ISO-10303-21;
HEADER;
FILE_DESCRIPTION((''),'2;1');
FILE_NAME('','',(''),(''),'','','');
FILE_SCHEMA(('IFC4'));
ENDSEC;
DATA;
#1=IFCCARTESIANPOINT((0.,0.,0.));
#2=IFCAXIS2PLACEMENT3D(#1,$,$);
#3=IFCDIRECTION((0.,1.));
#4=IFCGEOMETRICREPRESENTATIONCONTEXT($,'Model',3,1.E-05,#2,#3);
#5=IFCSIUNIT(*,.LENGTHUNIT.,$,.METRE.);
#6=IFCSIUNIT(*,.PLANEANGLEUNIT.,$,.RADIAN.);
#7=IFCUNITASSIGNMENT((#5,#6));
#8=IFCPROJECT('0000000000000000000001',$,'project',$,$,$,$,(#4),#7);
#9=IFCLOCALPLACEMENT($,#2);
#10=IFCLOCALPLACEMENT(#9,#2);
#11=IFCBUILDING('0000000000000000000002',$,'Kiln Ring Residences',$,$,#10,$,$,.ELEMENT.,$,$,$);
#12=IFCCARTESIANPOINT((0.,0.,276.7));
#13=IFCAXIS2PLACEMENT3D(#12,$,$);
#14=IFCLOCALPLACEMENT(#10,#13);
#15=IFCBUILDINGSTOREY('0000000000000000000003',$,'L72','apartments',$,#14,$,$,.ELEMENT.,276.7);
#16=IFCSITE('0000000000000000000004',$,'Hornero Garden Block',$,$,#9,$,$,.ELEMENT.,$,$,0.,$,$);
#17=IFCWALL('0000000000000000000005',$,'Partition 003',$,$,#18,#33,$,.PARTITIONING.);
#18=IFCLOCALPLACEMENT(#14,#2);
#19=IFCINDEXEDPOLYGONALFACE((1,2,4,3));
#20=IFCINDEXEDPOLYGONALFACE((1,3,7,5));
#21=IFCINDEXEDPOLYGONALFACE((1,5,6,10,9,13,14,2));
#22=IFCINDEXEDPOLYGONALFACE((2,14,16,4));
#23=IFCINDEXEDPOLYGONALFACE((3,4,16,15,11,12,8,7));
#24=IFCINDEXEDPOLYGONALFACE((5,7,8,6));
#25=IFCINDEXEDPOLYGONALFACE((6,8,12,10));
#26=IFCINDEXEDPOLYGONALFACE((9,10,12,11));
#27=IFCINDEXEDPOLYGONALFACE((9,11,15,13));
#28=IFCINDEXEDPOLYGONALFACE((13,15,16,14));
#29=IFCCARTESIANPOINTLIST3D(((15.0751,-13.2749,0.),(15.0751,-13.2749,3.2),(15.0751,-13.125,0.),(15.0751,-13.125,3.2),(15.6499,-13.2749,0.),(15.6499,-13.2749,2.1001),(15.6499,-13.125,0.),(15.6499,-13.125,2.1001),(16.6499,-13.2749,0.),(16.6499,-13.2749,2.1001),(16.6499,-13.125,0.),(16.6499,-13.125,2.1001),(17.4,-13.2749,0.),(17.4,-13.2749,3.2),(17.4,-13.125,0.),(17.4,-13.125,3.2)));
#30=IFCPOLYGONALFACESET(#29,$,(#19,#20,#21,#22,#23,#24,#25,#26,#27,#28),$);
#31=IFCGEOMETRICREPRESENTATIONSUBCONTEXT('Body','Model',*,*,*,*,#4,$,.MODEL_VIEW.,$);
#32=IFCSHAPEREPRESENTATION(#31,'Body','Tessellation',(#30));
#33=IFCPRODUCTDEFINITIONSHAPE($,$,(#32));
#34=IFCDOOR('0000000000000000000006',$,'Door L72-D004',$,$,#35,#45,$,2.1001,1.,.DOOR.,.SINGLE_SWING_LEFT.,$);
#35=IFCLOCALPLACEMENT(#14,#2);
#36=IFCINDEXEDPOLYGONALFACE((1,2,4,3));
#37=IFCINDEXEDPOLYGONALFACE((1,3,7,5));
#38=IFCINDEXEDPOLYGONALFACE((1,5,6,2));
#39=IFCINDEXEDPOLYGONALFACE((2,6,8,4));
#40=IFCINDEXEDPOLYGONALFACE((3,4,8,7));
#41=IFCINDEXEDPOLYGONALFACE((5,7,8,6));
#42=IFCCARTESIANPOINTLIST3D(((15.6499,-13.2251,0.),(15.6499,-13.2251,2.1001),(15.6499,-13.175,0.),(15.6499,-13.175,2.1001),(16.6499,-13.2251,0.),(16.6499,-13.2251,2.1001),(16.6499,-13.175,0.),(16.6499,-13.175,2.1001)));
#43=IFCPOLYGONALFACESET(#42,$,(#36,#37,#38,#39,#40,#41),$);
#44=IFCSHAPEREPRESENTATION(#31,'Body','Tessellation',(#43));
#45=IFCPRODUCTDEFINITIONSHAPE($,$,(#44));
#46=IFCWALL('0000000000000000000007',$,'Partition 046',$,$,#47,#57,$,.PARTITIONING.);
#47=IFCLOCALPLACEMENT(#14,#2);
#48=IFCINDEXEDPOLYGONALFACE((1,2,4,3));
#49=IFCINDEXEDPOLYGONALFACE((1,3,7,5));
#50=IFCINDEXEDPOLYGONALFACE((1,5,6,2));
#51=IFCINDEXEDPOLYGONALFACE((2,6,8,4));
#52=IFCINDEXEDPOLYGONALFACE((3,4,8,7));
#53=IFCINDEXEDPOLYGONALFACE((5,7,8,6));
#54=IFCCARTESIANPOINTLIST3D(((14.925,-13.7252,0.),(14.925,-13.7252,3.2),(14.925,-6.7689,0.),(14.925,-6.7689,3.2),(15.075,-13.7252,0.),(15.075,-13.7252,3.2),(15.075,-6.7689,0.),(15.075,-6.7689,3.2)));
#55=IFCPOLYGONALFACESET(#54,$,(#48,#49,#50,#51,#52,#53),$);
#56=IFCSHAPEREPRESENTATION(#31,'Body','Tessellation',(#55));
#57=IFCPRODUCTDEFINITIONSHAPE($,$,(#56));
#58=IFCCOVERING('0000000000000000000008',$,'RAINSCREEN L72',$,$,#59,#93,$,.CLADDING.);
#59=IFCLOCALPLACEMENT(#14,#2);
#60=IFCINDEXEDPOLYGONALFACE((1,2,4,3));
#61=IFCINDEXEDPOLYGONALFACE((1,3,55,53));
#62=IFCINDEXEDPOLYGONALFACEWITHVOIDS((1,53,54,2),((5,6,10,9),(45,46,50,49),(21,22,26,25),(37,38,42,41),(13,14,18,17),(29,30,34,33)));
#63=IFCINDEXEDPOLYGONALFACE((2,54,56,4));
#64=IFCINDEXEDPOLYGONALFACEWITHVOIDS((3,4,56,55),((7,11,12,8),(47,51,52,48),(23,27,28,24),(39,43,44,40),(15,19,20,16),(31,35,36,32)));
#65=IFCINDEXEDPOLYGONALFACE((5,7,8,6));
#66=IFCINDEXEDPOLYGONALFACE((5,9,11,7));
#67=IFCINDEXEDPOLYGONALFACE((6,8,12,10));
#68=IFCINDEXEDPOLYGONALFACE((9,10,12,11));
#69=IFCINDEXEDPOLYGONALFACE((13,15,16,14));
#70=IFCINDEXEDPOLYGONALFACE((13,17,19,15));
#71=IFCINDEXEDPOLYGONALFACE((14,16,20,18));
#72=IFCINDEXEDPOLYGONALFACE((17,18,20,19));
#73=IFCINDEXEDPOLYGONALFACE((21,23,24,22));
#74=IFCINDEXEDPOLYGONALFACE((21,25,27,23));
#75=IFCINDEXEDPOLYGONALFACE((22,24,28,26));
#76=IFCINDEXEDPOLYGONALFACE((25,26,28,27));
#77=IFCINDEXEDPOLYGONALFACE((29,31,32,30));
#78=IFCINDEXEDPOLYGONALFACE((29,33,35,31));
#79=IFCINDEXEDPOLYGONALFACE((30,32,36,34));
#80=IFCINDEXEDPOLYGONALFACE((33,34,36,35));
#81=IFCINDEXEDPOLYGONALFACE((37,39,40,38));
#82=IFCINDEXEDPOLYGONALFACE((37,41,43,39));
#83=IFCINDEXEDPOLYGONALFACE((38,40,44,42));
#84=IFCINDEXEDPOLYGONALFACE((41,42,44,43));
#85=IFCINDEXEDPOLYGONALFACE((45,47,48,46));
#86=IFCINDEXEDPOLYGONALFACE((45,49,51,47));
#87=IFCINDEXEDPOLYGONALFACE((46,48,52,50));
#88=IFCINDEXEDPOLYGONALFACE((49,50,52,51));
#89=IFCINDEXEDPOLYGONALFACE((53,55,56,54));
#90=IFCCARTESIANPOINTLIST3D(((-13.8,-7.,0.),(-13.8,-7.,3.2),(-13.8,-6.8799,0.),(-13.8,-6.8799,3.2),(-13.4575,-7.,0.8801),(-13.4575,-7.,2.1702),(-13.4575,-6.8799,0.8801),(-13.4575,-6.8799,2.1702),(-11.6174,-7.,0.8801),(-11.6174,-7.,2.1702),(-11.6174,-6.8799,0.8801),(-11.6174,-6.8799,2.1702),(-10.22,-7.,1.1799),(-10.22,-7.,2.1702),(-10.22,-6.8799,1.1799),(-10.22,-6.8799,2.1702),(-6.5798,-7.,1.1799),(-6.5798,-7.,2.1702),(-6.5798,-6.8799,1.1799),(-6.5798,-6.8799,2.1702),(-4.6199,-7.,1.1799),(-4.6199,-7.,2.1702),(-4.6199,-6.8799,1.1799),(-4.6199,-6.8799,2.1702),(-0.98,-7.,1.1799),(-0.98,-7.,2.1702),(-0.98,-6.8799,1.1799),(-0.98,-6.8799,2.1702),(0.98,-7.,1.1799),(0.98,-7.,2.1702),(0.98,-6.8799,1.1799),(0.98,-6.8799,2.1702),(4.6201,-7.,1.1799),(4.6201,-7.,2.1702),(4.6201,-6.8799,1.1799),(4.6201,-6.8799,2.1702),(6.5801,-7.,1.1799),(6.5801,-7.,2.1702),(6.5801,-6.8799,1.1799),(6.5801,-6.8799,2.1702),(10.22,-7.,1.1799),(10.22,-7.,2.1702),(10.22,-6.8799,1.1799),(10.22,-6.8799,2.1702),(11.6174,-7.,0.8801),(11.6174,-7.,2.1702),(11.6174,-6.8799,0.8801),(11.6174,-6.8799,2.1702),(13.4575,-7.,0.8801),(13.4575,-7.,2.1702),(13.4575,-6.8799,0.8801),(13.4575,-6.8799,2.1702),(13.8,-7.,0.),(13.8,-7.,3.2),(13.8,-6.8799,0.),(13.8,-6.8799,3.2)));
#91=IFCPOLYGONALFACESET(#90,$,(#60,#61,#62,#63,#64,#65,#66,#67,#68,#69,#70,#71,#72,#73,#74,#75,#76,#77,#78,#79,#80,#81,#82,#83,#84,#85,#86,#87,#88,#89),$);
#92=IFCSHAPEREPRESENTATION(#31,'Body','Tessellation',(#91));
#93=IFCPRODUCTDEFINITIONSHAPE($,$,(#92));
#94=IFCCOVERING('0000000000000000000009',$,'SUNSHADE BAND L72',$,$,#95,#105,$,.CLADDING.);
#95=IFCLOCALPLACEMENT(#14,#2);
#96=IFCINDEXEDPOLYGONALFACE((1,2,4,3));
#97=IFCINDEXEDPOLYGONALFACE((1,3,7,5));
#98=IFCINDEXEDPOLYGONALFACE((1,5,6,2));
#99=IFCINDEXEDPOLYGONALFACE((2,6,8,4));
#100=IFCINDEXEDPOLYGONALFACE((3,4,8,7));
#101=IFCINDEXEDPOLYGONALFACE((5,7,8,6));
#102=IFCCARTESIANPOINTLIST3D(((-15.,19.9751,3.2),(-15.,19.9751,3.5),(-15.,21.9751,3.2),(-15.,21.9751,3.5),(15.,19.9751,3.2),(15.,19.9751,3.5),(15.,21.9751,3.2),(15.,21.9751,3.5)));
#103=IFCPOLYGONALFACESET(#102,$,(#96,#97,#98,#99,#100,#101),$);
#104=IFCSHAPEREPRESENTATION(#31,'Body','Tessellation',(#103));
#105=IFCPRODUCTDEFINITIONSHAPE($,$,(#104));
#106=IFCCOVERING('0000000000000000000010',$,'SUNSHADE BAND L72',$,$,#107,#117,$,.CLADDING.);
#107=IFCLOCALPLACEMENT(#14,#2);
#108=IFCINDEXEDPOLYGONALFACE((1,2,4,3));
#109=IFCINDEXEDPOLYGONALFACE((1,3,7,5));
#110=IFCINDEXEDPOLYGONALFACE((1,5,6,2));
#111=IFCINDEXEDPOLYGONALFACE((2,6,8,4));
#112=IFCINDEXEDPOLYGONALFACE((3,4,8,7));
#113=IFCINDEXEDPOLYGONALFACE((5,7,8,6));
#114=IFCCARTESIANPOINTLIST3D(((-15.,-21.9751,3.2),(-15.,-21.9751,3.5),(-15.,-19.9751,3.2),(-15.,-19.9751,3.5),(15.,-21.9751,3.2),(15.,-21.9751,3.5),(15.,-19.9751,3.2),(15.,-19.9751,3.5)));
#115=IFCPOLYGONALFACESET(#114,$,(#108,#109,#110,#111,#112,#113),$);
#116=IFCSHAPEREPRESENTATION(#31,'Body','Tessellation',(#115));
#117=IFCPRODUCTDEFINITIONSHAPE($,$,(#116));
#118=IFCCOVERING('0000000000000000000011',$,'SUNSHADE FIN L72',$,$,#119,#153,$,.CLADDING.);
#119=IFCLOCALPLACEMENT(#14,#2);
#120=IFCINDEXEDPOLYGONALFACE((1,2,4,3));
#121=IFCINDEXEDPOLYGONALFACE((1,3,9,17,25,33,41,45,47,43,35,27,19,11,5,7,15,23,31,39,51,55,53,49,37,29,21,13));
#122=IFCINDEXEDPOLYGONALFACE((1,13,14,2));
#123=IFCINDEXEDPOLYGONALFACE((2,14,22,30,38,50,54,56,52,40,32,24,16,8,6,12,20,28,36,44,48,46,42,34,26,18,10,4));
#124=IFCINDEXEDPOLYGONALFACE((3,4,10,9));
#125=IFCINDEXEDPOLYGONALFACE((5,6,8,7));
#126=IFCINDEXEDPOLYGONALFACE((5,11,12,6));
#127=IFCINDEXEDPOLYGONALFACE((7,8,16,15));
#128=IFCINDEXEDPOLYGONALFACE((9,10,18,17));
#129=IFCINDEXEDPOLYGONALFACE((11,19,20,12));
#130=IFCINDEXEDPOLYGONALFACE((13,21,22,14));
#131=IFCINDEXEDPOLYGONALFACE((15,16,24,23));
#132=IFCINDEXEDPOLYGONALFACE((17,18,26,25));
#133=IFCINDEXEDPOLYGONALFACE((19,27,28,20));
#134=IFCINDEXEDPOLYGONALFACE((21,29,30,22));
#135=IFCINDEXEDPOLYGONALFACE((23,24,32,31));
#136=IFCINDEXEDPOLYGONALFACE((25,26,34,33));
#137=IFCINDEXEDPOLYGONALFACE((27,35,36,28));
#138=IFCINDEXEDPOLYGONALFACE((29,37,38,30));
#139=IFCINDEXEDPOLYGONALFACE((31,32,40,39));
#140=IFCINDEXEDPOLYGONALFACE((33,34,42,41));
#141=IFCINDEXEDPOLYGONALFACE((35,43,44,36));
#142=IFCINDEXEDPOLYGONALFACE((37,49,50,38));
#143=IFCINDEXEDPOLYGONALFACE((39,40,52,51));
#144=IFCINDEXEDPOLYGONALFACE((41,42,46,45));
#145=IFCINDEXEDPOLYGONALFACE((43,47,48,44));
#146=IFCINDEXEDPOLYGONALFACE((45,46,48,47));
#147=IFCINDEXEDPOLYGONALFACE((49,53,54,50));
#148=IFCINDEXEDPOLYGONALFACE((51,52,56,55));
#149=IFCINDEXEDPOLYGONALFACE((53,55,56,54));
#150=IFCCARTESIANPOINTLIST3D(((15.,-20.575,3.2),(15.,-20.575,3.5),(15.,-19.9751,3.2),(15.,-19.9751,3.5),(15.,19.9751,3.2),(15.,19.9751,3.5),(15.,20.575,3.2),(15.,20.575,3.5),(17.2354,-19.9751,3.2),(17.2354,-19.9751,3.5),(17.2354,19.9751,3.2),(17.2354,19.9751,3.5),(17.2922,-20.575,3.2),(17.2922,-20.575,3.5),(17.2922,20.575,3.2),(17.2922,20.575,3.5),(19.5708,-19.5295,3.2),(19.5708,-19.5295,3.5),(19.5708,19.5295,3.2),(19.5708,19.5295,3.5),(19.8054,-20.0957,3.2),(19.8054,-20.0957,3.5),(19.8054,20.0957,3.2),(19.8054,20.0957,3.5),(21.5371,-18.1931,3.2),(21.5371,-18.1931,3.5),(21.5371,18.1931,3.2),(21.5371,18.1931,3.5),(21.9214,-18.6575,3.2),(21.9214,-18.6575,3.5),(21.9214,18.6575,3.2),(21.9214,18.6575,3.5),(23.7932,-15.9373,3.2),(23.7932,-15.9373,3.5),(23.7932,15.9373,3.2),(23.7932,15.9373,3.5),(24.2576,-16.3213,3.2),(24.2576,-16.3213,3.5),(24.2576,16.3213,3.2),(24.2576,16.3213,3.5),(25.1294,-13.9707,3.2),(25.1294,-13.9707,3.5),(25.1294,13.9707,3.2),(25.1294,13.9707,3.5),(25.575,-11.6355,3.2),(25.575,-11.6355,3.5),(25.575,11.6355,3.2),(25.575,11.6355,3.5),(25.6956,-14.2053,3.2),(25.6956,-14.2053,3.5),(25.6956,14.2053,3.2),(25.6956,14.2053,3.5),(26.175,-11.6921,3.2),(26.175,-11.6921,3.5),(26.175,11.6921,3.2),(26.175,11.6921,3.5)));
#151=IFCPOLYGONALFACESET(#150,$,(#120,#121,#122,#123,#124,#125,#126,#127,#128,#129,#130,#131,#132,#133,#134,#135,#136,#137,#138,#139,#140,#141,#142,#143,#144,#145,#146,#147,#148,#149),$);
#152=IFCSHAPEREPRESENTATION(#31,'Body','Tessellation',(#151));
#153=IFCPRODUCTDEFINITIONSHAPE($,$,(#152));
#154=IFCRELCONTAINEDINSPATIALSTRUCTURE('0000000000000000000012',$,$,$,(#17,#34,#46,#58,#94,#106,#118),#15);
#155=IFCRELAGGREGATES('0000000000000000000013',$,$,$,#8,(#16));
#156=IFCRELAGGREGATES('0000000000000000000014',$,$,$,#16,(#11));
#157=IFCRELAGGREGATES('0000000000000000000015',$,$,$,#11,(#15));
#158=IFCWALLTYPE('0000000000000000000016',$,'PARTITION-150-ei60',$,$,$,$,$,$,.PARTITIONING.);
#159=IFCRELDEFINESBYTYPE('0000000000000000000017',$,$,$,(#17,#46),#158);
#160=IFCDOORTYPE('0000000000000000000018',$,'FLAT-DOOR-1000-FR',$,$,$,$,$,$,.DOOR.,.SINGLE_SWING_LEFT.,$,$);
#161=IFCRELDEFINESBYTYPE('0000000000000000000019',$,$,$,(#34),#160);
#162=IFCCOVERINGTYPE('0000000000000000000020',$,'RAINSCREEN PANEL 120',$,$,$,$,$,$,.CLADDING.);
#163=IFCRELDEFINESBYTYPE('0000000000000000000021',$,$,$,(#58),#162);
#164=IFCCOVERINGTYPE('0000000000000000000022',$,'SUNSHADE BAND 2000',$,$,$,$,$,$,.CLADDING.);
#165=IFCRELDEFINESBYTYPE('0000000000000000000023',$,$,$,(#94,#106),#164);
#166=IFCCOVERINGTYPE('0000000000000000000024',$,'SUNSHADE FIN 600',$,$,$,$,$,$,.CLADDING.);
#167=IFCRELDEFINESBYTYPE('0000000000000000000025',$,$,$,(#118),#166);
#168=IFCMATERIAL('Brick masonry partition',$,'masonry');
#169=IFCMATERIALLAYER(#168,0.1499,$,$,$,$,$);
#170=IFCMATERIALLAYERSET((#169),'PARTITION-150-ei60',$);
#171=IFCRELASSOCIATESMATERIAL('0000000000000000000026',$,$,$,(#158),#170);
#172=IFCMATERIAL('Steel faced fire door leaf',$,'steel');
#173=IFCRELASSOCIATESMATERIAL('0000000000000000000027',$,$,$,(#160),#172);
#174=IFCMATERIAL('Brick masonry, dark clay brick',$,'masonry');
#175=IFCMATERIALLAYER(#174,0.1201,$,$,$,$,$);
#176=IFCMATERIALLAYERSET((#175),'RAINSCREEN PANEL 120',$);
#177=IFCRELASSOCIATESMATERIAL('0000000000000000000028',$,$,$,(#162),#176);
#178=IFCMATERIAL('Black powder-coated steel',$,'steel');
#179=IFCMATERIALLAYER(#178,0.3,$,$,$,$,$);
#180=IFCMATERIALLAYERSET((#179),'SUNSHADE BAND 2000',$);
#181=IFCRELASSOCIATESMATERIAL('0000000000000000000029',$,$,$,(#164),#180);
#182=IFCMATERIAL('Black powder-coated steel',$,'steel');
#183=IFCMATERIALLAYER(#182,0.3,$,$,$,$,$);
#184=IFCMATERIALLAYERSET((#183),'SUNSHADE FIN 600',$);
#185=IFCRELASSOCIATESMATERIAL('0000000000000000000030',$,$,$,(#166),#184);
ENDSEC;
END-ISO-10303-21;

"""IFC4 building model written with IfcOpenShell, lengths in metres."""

from ifc_helpers import new_model, si_unit, direction, frame, frame_2d, origin, place, context, subcontext, project, spatial, polyline, rectangle, outline, extrude, material, layer, layer_set, type_object, element, fill, save


model = new_model("IFC4")

# Units and contexts
model_context = context("Model", 3, precision=1e-05, world=origin(), true_north=direction((0.0, 1.0)))
body_context = subcontext(model_context, "Body", "Model", "MODEL_VIEW")
ifc_project = project(units=[si_unit("LENGTHUNIT", "METRE"), si_unit("PLANEANGLEUNIT", "RADIAN")], contexts=[model_context])

# Site, building, storey
site_placement = place(None, origin())
site = spatial("IfcSite", under=ifc_project, at=site_placement, Name="Hornero Garden Block", CompositionType="ELEMENT", RefElevation=0.0)
building_placement = place(site_placement, origin())
building = spatial("IfcBuilding", under=site, at=building_placement, Name="Kiln Ring Residences", CompositionType="ELEMENT")
storey_placement = place(building_placement, frame((0.0, 0.0, 276.7)))
storey = spatial("IfcBuildingStorey", under=building, at=storey_placement, Name="L72", Description="apartments", CompositionType="ELEMENT", Elevation=276.7)

# Wall, opening, door
ifc_material_1 = material(Name="Brick masonry partition", Category="masonry")
ifc_layer_1 = layer(ifc_material_1, 0.1499)
ifc_layer_set_1 = layer_set([ifc_layer_1], Name="PARTITION-150-ei60")
wall_type_1 = type_object("IfcWallType", Name="PARTITION-150-ei60", PredefinedType="PARTITIONING", material=ifc_layer_set_1)
wall_1_placement = place(storey_placement, frame((15.075, -13.2, 0.0), z_axis=(0.0, 0.0, 1.0), x_axis=(1.0, 0.0, 0.0)))
wall_1 = element("IfcWall", 1, at=wall_1_placement, inside=storey, type_object=wall_type_1, Name="Partition 003", PredefinedType="PARTITIONING", context=body_context, shape_type="SweptSolid", body=[
    extrude(rectangle(XDim=2.325, YDim=0.1499, at=frame_2d((1.1626, 0.0))), origin(), (0.0, 0.0, 1.0), 3.2),
])
opening_1_placement = place(wall_1_placement, frame((0.575, 0.0, 0.0)))
opening_1 = element("IfcOpeningElement", 2, at=opening_1_placement, cuts=wall_1, PredefinedType="OPENING", context=body_context, shape_type="SweptSolid", body=[
    extrude(rectangle(XDim=1.0, YDim=2.1001, at=frame_2d((0.5, 1.05))), frame((0.0, 0.085, 0.0), z_axis=(0.0, -1.0, 0.0), x_axis=(1.0, 0.0, 0.0)), (0.0, 0.0, 1.0), 0.1699),
])
ifc_material_2 = material(Name="Steel faced fire door leaf", Category="steel")
door_type = type_object("IfcDoorType", Name="FLAT-DOOR-1000-FR", OperationType="SINGLE_SWING_LEFT", PredefinedType="DOOR", material=ifc_material_2)
door_placement = place(opening_1_placement, origin())
door = element("IfcDoor", 3, at=door_placement, inside=storey, type_object=door_type, Name="Door L72-D004", OperationType="SINGLE_SWING_LEFT", OverallHeight=2.1001, OverallWidth=1.0, PredefinedType="DOOR", context=body_context, shape_type="SweptSolid", body=[
    extrude(rectangle(XDim=1.0, YDim=2.1001, at=frame_2d((0.5, 1.05))), frame((0.0, 0.0249, 0.0), z_axis=(0.0, -1.0, 0.0), x_axis=(1.0, 0.0, 0.0)), (0.0, 0.0, 1.0), 0.05),
])
fill(opening_1, door)

# Wall
wall_2_placement = place(storey_placement, frame((15.0, -13.7251, 0.0), z_axis=(0.0, 0.0, 1.0), x_axis=(0.0, 1.0, 0.0)))
element("IfcWall", 4, at=wall_2_placement, inside=storey, type_object=wall_type_1, Name="Partition 046", PredefinedType="PARTITIONING", context=body_context, shape_type="SweptSolid", body=[
    extrude(rectangle(XDim=6.9563, YDim=0.1499, at=frame_2d((3.478, 0.0))), origin(), (0.0, 0.0, 1.0), 3.2),
])

# Coverings
ifc_material_3 = material(Name="Brick masonry, dark clay brick", Category="masonry")
ifc_layer_2 = layer(ifc_material_3, 0.1201)
ifc_layer_set_2 = layer_set([ifc_layer_2], Name="RAINSCREEN PANEL 120")
covering_type_1 = type_object("IfcCoveringType", Name="RAINSCREEN PANEL 120", PredefinedType="CLADDING", material=ifc_layer_set_2)
covering_1_placement = place(storey_placement, frame((13.8, -6.9399, 0.0), z_axis=(0.0, 0.0, 1.0), x_axis=(-1.0, 0.0, 0.0)))
element("IfcCovering", 5, at=covering_1_placement, inside=storey, type_object=covering_type_1, Name="RAINSCREEN L72", PredefinedType="CLADDING", context=body_context, shape_type="SweptSolid", body=[
    extrude(outline(polyline([(0.0, 0.0), (27.6001, 0.0), (27.6001, 3.2), (0.0, 3.2), (0.0, 0.0)]), holes=[polyline([(2.1826, 0.8801), (2.1826, 2.1702), (0.3425, 2.1702), (0.3425, 0.8801), (2.1826, 0.8801)]), polyline([(25.4175, 0.8801), (27.2576, 0.8801), (27.2576, 2.1702), (25.4175, 2.1702), (25.4175, 0.8801)]), polyline([(3.5801, 1.1799), (7.22, 1.1799), (7.22, 2.1702), (3.5801, 2.1702), (3.5801, 1.1799)]), polyline([(12.8201, 1.1799), (12.8201, 2.1702), (9.1799, 2.1702), (9.1799, 1.1799), (12.8201, 1.1799)]), polyline([(14.78, 1.1799), (18.4199, 1.1799), (18.4199, 2.1702), (14.78, 2.1702), (14.78, 1.1799)]), polyline([(20.3799, 1.1799), (24.02, 1.1799), (24.02, 2.1702), (20.3799, 2.1702), (20.3799, 1.1799)])]), frame((0.0, 0.0601, 0.0), z_axis=(0.0, -1.0, 0.0), x_axis=(1.0, 0.0, 0.0)), (0.0, 0.0, 1.0), 0.1201),
])
ifc_material_4 = material(Name="Black powder-coated steel", Category="steel")
ifc_layer_3 = layer(ifc_material_4, 0.3)
ifc_layer_set_3 = layer_set([ifc_layer_3], Name="SUNSHADE BAND 2000")
covering_type_2 = type_object("IfcCoveringType", Name="SUNSHADE BAND 2000", PredefinedType="CLADDING", material=ifc_layer_set_3)
placement_1 = place(storey_placement, frame((0.0, 0.0, 3.2)))
element("IfcCovering", 6, at=placement_1, inside=storey, type_object=covering_type_2, Name="SUNSHADE BAND L72", PredefinedType="CLADDING", context=body_context, shape_type="SweptSolid", body=[
    extrude(outline(polyline([(15.0, 21.9751), (-15.0, 21.9751), (-15.0, 19.9751), (15.0, 19.9751), (15.0, 21.9751)])), origin(), (0.0, 0.0, 1.0), 0.3),
])
element("IfcCovering", 7, at=placement_1, inside=storey, type_object=covering_type_2, Name="SUNSHADE BAND L72", PredefinedType="CLADDING", context=body_context, shape_type="SweptSolid", body=[
    extrude(outline(polyline([(-15.0, -21.9751), (15.0, -21.9751), (15.0, -19.9751), (-15.0, -19.9751), (-15.0, -21.9751)])), origin(), (0.0, 0.0, 1.0), 0.3),
])
ifc_material_5 = material(Name="Black powder-coated steel", Category="steel")
ifc_layer_4 = layer(ifc_material_5, 0.3)
ifc_layer_set_4 = layer_set([ifc_layer_4], Name="SUNSHADE FIN 600")
covering_type_3 = type_object("IfcCoveringType", Name="SUNSHADE FIN 600", PredefinedType="CLADDING", material=ifc_layer_set_4)
element("IfcCovering", 8, at=placement_1, inside=storey, type_object=covering_type_3, Name="SUNSHADE FIN L72", PredefinedType="CLADDING", context=body_context, shape_type="SweptSolid", body=[
    extrude(outline(polyline([(17.2922, 20.575), (15.0, 20.575), (15.0, 19.9751), (17.2354, 19.9751), (19.5708, 19.5295), (21.5371, 18.1931), (23.7932, 15.9373), (25.1294, 13.9707), (25.575, 11.6355), (25.575, -11.6355), (25.1294, -13.9707), (23.7932, -15.9373), (21.5371, -18.1931), (19.5708, -19.5295), (17.2354, -19.9751), (15.0, -19.9751), (15.0, -20.575), (17.2922, -20.575), (19.8054, -20.0957), (21.9214, -18.6575), (24.2576, -16.3213), (25.6956, -14.2053), (26.175, -11.6921), (26.175, 11.6921), (25.6956, 14.2053), (24.2576, 16.3213), (21.9214, 18.6575), (19.8054, 20.0957), (17.2922, 20.575)])), origin(), (0.0, 0.0, 1.0), 0.3),
])

save(model, "model.ifc")
